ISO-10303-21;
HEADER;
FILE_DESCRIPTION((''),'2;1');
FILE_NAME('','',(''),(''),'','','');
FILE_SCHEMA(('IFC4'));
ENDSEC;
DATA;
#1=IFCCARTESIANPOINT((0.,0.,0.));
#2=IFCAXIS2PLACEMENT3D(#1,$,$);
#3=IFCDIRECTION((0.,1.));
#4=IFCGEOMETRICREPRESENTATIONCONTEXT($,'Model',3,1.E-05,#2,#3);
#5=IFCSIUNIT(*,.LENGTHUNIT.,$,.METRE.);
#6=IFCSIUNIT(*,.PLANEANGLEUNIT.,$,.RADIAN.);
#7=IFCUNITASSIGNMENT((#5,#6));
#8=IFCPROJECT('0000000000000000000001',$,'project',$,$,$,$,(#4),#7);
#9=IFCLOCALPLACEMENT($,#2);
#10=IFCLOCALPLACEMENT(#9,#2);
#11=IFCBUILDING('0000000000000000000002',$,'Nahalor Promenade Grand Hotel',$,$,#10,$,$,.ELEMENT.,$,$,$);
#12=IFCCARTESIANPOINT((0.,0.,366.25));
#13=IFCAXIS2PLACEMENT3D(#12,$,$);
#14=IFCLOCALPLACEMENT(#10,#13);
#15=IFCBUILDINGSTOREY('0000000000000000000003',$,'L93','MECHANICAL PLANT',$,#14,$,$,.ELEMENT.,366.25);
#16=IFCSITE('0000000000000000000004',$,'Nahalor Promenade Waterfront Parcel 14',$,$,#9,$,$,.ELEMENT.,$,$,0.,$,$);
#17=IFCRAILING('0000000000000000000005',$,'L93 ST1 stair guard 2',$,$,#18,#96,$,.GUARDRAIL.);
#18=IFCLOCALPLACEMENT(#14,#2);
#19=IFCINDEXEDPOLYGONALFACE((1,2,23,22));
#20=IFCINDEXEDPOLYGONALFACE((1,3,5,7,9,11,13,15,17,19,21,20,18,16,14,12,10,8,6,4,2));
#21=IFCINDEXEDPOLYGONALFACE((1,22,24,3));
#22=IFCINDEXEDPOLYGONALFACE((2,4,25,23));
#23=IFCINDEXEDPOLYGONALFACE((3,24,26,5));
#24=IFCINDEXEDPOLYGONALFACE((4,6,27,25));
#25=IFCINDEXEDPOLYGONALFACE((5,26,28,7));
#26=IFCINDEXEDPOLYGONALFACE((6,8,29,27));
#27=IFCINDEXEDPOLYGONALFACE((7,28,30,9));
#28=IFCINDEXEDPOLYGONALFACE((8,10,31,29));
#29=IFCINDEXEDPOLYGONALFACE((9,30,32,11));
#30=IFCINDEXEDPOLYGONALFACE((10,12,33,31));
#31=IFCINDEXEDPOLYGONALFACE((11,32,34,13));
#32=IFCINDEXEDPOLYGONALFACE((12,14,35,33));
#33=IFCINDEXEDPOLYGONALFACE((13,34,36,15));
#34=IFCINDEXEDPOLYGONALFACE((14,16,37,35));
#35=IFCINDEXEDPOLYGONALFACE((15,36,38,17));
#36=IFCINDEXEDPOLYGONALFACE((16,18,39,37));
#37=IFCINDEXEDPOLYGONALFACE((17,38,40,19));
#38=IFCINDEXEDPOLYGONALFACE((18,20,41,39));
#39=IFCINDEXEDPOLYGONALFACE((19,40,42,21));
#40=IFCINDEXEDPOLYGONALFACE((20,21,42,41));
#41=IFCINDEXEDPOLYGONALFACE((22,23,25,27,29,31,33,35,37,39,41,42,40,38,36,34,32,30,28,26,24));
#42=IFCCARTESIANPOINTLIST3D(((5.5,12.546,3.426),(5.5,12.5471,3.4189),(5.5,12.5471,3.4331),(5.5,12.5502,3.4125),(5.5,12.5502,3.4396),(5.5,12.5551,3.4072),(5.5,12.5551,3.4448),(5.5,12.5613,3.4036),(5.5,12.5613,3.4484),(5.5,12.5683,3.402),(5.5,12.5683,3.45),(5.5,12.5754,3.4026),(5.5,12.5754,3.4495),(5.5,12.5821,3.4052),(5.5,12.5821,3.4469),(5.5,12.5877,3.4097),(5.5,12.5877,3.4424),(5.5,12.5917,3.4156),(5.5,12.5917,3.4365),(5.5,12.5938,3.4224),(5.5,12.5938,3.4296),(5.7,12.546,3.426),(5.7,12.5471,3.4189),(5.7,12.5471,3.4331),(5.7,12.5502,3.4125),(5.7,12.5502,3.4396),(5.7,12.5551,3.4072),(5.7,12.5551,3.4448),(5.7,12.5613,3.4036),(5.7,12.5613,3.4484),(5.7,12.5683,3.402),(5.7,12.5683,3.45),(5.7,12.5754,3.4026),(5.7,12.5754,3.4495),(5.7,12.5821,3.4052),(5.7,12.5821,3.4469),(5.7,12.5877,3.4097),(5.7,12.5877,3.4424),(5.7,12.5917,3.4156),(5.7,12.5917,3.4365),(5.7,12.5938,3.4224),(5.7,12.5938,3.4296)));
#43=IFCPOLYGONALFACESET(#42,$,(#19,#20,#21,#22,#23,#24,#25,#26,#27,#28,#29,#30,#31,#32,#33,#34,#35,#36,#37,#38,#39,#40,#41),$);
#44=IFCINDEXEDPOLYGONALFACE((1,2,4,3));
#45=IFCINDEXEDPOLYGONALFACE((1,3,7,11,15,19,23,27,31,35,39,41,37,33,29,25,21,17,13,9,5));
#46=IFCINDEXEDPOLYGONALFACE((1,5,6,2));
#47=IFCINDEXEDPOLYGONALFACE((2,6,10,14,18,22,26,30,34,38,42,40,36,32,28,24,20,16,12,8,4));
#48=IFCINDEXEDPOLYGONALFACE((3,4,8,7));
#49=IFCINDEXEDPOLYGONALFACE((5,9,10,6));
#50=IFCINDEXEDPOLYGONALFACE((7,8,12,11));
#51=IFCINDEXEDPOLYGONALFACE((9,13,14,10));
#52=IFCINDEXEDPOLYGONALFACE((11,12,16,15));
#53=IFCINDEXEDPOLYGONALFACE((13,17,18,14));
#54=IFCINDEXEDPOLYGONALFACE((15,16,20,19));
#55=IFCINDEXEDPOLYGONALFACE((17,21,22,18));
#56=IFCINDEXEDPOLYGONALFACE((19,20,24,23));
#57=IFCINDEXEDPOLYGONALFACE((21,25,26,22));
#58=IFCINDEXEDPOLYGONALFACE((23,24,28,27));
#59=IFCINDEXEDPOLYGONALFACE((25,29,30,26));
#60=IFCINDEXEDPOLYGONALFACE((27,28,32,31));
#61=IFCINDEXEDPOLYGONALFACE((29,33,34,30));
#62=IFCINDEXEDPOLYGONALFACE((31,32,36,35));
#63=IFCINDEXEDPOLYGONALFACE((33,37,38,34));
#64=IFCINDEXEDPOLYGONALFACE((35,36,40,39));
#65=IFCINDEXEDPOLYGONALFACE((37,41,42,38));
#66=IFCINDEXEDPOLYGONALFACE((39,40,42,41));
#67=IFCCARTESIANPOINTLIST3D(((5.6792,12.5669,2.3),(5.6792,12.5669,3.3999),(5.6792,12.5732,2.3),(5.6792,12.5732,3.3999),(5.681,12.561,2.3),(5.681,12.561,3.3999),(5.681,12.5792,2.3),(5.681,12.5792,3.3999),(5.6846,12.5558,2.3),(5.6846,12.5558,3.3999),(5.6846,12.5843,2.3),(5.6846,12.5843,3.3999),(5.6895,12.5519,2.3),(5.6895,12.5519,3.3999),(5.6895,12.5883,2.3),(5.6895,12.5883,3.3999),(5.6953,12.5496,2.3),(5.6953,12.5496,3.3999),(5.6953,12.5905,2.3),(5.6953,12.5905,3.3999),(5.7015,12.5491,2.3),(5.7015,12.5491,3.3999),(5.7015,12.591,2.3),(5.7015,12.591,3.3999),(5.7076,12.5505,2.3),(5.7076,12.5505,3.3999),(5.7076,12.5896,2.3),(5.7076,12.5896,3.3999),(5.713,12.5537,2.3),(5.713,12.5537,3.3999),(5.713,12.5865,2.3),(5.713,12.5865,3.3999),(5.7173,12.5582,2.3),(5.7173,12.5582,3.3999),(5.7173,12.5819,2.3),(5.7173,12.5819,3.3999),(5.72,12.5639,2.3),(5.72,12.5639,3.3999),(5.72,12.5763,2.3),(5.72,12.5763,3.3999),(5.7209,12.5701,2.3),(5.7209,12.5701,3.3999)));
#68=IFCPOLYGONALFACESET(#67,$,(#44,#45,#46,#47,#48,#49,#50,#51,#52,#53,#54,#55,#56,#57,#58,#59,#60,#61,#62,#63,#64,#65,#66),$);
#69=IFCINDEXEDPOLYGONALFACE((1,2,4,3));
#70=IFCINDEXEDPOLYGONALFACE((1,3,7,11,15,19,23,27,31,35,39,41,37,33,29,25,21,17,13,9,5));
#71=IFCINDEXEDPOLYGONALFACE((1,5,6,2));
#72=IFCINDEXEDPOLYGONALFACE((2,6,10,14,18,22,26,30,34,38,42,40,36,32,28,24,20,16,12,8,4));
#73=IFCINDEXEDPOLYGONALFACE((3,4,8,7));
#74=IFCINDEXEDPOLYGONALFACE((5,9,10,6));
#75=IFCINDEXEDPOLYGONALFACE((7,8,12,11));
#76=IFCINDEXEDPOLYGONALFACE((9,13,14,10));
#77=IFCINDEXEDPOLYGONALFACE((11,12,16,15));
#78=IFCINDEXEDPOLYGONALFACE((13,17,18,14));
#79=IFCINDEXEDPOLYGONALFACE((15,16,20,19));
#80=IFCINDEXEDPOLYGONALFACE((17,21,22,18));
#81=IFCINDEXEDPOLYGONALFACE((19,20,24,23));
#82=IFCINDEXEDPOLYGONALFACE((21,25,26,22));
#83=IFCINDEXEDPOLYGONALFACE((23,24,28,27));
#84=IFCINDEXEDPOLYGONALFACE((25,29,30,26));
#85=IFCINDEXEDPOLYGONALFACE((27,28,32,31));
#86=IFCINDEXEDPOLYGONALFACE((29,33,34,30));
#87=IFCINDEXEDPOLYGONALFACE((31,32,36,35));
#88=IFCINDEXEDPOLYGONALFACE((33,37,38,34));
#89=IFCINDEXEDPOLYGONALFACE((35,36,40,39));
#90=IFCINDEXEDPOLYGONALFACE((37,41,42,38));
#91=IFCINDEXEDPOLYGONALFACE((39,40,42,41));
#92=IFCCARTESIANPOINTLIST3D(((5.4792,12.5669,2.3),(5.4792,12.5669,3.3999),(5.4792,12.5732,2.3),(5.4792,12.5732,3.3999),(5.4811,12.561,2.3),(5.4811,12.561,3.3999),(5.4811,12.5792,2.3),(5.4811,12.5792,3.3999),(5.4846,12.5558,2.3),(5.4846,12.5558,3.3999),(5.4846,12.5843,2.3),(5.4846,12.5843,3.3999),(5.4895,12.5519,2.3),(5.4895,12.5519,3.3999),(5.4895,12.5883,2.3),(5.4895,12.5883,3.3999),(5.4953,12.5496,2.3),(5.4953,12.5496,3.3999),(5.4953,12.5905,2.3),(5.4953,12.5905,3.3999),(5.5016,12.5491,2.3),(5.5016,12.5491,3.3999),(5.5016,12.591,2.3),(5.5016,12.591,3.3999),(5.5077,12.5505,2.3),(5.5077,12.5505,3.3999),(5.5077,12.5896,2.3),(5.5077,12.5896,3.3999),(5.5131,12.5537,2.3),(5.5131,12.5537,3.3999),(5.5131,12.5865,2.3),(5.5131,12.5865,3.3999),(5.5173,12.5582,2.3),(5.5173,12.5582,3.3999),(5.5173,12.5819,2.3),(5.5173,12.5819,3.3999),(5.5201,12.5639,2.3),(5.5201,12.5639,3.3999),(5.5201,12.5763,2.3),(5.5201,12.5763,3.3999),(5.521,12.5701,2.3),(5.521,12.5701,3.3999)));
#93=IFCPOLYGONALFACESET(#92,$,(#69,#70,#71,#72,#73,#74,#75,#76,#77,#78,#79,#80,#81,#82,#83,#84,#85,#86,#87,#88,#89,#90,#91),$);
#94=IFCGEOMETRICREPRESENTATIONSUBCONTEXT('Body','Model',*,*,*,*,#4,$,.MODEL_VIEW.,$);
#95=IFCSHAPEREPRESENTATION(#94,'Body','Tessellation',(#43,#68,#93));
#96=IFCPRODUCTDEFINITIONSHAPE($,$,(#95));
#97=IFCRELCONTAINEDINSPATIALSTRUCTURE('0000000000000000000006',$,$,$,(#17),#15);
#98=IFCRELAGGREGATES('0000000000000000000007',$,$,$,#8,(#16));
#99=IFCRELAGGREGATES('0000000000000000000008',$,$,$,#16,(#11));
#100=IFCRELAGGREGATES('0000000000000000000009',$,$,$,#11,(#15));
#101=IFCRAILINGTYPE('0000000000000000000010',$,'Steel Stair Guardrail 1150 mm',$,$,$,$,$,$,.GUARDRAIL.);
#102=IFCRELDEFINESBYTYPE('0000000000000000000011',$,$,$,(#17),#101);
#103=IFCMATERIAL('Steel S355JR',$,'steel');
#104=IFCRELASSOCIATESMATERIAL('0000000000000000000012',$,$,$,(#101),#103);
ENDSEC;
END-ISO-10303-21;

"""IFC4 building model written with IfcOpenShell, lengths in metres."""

from ifc_helpers import new_model, si_unit, direction, frame, origin, origin_2d, place, context, subcontext, project, spatial, circle, extrude, material, type_object, element, save


model = new_model("IFC4")

# Units and contexts
model_context = context("Model", 3, precision=1e-05, world=origin(), true_north=direction((0.0, 1.0)))
body_context = subcontext(model_context, "Body", "Model", "MODEL_VIEW")
ifc_project = project(units=[si_unit("LENGTHUNIT", "METRE"), si_unit("PLANEANGLEUNIT", "RADIAN")], contexts=[model_context])

# Site, building, storey
site_placement = place(None, origin())
site = spatial("IfcSite", under=ifc_project, at=site_placement, Name="Nahalor Promenade Waterfront Parcel 14", CompositionType="ELEMENT", RefElevation=0.0)
building_placement = place(site_placement, origin())
building = spatial("IfcBuilding", under=site, at=building_placement, Name="Nahalor Promenade Grand Hotel", CompositionType="ELEMENT")
storey_placement = place(building_placement, frame((0.0, 0.0, 366.25)))
storey = spatial("IfcBuildingStorey", under=building, at=storey_placement, Name="L93", Description="MECHANICAL PLANT", CompositionType="ELEMENT", Elevation=366.25)

# Shared definitions
ifc_material_1 = material(Name="Steel S355JR", Category="steel")

# Railing
railing_type_1 = type_object("IfcRailingType", Name="Steel Stair Guardrail 1150 mm", PredefinedType="GUARDRAIL", material=ifc_material_1)
railing_1_placement = place(storey_placement, frame((5.7, 12.5701, 2.3)))
element("IfcRailing", 1, at=railing_1_placement, inside=storey, type_object=railing_type_1, Name="L93 ST1 stair guard 2", PredefinedType="GUARDRAIL", context=body_context, shape_type="SweptSolid", body=[
    extrude(circle(Radius=0.024, at=origin_2d()), frame((0.0, 0.0, 1.126), z_axis=(-1.0, 0.0, 0.0), x_axis=(0.0, -1.0, 0.0)), (0.0, 0.0, 1.0), 0.2),
    extrude(circle(Radius=0.021, at=origin_2d()), origin(), (0.0, 0.0, 1.0), 1.0999),
    extrude(circle(Radius=0.021, at=origin_2d()), frame((-0.2, 0.0, 0.0)), (0.0, 0.0, 1.0), 1.0999),
])

save(model, "model.ifc")
